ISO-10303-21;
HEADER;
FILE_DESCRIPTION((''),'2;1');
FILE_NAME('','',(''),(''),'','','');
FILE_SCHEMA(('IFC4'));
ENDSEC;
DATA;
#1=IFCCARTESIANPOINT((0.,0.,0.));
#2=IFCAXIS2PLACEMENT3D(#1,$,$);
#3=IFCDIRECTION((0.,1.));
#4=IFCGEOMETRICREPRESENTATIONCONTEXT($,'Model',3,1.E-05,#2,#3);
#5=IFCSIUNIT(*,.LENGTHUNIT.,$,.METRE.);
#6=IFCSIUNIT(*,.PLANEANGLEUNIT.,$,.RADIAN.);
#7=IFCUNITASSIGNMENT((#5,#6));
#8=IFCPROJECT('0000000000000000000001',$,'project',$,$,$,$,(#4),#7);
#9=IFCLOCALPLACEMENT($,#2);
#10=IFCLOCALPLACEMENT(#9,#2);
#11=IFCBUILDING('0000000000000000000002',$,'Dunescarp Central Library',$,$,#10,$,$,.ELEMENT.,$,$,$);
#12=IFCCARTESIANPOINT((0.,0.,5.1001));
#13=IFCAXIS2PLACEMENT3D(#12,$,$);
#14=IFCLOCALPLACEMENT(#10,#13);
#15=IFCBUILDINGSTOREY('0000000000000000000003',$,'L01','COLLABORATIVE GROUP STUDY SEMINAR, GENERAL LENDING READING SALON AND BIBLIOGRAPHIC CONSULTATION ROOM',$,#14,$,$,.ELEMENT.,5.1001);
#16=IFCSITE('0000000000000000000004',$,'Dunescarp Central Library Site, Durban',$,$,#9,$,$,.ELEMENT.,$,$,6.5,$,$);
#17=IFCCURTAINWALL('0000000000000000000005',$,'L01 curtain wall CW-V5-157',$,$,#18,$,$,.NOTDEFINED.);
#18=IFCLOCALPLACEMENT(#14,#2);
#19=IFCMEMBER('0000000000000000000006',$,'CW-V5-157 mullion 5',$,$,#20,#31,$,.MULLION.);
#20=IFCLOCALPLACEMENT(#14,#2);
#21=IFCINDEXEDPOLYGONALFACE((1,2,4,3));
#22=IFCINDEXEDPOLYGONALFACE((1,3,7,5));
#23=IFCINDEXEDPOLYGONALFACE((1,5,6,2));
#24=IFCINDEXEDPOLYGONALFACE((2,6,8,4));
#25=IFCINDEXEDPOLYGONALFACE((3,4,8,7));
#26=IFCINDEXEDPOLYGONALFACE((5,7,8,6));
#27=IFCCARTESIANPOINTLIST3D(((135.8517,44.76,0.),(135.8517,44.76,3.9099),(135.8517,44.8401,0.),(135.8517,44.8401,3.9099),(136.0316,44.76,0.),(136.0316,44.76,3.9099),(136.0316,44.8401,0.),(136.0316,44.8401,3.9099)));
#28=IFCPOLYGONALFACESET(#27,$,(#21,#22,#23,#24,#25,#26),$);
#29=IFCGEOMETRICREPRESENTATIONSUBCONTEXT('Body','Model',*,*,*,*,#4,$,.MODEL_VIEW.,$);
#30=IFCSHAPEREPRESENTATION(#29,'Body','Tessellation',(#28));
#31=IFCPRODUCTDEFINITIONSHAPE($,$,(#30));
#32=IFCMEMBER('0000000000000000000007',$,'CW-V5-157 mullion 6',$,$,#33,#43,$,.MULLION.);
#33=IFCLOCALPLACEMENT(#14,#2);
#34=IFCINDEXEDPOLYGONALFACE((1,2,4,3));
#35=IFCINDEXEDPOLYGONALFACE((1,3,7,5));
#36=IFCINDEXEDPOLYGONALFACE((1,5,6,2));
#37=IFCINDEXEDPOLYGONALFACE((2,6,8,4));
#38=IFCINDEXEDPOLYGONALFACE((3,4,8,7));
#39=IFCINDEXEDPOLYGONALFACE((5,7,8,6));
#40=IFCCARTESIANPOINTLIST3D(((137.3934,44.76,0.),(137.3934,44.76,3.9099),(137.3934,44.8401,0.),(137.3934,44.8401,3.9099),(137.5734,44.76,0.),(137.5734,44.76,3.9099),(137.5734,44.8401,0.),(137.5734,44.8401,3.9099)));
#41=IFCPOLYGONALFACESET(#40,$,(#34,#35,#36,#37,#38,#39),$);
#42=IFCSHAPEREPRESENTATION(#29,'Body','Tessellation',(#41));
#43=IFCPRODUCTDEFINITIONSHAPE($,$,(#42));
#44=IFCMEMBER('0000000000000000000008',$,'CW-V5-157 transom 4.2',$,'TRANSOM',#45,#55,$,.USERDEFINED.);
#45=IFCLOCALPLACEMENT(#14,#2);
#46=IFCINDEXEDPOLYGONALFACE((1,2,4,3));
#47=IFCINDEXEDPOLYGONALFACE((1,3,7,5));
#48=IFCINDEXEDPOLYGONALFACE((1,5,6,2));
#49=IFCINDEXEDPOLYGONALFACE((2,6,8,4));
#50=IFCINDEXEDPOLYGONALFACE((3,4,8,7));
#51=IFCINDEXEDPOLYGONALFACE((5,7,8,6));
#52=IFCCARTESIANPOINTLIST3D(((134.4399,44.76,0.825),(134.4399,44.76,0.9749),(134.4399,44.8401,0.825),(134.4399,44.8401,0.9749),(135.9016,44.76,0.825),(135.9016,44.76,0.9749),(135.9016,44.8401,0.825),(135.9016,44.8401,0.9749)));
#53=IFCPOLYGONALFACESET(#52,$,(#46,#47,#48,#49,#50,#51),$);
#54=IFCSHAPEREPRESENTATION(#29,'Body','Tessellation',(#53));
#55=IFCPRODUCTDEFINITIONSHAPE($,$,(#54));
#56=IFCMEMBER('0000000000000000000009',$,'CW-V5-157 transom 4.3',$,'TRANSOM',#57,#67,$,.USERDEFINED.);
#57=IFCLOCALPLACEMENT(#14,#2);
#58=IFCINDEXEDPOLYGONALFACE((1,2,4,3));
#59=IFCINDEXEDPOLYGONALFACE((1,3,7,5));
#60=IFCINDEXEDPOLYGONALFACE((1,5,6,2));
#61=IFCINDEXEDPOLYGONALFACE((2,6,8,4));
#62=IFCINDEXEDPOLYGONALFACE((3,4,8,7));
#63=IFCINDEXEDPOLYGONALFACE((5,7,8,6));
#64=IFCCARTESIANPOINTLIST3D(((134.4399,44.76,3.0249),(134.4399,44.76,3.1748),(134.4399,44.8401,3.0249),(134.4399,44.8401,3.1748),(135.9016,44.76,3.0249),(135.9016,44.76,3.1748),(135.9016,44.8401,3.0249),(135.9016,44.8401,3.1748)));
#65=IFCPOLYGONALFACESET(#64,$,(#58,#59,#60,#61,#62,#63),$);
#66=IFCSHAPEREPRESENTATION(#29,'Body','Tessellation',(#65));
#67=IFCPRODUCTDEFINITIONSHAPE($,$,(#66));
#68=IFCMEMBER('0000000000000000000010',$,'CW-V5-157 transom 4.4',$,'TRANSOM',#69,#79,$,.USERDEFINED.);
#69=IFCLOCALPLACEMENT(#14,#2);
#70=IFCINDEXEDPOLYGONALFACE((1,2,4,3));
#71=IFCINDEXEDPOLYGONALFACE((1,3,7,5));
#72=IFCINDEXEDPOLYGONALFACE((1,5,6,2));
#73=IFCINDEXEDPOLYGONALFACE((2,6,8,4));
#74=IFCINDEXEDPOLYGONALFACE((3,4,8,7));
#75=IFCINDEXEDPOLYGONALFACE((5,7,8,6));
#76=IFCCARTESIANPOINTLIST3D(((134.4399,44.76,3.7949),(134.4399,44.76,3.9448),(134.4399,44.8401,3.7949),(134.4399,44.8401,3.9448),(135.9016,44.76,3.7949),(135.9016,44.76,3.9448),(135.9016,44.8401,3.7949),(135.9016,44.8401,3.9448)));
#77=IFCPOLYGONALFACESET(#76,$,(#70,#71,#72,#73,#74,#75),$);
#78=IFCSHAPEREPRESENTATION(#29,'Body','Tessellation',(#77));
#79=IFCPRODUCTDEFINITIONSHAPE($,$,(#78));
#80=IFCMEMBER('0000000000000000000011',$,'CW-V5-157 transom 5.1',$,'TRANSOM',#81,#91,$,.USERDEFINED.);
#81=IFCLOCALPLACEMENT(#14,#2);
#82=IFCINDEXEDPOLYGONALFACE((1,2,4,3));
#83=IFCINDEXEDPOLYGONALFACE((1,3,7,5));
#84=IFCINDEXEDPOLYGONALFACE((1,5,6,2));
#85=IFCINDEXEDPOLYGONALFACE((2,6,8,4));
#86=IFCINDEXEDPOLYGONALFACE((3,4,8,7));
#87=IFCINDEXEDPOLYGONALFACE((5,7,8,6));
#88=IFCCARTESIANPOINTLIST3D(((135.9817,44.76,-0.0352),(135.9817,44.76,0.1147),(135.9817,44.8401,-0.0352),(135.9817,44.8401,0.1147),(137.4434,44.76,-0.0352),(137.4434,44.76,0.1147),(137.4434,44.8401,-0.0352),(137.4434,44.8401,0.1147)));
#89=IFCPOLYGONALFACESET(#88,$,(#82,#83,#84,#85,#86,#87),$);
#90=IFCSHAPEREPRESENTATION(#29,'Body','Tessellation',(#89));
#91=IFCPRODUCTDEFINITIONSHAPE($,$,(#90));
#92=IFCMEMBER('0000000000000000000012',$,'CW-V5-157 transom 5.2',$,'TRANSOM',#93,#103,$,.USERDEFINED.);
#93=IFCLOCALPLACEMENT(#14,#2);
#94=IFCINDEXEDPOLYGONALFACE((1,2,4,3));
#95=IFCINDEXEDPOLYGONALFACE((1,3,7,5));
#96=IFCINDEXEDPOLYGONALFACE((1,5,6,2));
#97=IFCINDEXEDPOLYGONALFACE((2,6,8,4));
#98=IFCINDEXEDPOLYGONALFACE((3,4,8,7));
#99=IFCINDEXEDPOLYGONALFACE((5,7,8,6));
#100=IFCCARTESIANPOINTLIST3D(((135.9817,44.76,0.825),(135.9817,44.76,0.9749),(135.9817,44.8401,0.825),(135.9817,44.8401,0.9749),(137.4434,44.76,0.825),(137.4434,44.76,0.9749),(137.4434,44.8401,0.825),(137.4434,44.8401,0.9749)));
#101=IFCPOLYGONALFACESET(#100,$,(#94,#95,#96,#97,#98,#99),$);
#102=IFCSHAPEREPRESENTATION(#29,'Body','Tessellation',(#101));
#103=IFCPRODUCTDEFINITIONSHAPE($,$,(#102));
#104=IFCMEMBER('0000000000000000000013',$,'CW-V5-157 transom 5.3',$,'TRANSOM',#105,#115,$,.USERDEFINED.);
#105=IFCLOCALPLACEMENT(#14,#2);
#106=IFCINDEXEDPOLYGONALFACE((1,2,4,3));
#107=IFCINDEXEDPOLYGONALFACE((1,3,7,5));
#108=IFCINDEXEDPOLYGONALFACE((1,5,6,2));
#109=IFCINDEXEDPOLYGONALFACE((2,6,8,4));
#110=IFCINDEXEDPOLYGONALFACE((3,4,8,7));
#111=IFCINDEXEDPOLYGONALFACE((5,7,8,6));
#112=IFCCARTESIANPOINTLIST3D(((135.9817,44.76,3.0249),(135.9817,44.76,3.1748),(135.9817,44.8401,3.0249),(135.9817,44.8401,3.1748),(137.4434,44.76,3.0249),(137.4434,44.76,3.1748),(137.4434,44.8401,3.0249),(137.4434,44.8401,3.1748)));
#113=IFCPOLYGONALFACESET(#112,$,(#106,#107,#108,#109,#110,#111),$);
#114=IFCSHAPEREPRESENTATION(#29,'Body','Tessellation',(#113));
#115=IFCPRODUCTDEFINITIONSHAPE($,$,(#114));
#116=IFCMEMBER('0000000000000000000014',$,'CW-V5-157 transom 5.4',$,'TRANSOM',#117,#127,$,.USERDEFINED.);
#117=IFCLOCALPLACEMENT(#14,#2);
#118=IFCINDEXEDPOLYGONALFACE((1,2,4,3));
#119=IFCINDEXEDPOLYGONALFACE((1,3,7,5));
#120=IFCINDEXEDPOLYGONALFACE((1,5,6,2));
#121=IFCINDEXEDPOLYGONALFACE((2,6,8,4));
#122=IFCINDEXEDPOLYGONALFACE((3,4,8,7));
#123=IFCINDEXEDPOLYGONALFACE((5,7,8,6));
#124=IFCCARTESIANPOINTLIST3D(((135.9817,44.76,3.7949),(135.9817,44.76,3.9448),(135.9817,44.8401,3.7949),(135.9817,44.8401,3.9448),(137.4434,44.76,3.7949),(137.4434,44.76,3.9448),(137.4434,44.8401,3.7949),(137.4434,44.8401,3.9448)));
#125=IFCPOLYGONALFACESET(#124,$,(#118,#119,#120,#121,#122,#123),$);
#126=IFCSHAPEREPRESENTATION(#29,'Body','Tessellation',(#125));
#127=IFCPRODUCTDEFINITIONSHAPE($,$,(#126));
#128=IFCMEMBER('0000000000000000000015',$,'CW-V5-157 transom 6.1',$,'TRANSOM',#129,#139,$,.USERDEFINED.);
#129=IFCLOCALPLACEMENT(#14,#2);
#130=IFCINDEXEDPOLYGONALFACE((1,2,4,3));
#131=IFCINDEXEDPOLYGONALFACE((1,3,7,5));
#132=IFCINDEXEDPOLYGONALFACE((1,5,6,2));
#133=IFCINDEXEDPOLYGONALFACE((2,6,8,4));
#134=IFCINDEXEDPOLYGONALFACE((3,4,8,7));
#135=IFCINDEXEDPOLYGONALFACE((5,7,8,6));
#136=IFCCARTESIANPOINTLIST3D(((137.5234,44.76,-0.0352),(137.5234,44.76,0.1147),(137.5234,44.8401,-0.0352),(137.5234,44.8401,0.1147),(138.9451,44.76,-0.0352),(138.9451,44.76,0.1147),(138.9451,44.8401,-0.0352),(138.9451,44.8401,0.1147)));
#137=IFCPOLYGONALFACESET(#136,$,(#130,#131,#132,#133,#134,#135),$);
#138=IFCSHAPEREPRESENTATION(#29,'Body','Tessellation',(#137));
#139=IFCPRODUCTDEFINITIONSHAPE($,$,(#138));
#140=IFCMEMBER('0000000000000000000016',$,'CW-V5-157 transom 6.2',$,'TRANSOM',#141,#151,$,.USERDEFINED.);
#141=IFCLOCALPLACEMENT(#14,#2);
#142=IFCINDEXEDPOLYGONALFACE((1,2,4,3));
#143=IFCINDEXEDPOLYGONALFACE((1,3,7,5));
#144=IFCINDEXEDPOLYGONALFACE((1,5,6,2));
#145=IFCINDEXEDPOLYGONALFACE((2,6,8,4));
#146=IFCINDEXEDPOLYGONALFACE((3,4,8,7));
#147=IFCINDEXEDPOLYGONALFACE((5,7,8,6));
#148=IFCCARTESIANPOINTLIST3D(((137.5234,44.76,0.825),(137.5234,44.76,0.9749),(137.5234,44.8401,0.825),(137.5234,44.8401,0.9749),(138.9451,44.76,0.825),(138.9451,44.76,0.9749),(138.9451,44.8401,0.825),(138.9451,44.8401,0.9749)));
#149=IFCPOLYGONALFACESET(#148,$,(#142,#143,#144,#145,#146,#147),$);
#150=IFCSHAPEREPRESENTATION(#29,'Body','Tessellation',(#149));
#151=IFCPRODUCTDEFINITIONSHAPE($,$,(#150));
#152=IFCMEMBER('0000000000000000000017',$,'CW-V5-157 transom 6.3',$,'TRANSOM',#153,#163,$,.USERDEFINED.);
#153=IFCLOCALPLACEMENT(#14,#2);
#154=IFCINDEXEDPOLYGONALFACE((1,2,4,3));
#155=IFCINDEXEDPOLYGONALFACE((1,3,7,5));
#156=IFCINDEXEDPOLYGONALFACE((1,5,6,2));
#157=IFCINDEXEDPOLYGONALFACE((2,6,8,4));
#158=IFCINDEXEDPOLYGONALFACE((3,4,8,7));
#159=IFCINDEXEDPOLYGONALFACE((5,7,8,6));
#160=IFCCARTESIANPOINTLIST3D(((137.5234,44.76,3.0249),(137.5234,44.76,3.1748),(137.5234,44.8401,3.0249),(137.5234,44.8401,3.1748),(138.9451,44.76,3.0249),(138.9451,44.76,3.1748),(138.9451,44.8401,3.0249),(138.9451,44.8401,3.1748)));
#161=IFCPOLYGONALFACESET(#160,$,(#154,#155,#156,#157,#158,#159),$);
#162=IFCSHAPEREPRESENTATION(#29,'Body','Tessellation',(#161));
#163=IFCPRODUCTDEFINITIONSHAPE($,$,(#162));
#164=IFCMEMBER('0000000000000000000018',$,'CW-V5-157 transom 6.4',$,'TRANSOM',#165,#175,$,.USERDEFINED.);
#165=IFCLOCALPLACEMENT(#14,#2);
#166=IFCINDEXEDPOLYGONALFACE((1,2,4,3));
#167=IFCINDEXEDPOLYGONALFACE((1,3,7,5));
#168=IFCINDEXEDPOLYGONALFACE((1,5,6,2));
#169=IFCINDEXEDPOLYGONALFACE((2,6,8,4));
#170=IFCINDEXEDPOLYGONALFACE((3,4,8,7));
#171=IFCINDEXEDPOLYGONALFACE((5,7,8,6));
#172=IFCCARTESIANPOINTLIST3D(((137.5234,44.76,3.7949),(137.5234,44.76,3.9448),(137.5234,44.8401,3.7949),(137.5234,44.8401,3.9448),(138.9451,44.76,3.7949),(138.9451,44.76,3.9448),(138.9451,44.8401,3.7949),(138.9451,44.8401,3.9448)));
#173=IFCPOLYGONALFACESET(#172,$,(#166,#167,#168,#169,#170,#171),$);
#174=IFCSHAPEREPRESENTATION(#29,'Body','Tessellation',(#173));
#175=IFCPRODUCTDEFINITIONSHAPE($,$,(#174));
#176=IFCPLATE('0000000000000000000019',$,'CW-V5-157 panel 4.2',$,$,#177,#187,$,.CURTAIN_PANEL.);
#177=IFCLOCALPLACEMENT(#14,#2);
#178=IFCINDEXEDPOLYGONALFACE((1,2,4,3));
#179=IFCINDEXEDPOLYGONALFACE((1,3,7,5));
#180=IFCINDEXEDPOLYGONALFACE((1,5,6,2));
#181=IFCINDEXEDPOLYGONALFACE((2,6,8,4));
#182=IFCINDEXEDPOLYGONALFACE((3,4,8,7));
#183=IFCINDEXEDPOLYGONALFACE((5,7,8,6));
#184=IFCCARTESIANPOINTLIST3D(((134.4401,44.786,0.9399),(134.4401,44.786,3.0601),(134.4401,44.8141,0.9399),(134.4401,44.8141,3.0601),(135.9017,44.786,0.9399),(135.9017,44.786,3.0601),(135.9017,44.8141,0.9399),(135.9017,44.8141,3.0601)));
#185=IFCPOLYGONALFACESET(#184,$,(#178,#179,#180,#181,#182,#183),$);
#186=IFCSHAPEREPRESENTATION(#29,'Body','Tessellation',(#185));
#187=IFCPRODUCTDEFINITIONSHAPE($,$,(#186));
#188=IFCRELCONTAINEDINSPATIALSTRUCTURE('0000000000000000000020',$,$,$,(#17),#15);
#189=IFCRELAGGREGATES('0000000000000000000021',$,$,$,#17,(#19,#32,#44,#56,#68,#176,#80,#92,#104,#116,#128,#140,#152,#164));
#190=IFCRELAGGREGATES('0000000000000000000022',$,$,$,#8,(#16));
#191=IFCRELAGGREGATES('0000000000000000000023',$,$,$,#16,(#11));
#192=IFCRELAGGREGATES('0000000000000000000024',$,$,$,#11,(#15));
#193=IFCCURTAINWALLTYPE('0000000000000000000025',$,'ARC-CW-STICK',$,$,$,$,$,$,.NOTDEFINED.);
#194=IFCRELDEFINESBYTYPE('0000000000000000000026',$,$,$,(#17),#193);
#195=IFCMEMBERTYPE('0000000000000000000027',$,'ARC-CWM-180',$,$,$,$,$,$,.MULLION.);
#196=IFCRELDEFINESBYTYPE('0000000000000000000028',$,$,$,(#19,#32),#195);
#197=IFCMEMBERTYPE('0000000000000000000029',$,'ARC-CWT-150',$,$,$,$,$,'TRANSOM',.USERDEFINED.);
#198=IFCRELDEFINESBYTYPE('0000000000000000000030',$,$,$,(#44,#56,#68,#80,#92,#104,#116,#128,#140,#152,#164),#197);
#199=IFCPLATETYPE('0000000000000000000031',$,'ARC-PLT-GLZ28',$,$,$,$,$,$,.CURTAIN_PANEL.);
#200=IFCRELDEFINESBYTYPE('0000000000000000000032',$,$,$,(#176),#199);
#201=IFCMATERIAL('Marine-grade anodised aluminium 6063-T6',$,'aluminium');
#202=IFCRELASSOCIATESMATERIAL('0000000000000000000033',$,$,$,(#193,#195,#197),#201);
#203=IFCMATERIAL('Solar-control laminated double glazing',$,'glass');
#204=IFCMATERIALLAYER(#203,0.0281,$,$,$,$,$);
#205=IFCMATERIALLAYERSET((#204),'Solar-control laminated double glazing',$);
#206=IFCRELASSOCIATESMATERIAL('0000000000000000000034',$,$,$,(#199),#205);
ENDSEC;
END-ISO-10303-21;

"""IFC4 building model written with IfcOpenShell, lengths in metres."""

from ifc_helpers import new_model, si_unit, direction, frame, origin, origin_2d, place, context, subcontext, project, spatial, rectangle, extrude, material, layer, layer_set, material_profile, profile_set, type_object, element, aggregate, save


model = new_model("IFC4")

# Units and contexts
model_context = context("Model", 3, precision=1e-05, world=origin(), true_north=direction((0.0, 1.0)))
body_context = subcontext(model_context, "Body", "Model", "MODEL_VIEW")
ifc_project = project(units=[si_unit("LENGTHUNIT", "METRE"), si_unit("PLANEANGLEUNIT", "RADIAN")], contexts=[model_context])

# Site, building, storey
site_placement = place(None, origin())
site = spatial("IfcSite", under=ifc_project, at=site_placement, Name="Dunescarp Central Library Site, Durban", CompositionType="ELEMENT", RefElevation=6.5)
building_placement = place(site_placement, origin())
building = spatial("IfcBuilding", under=site, at=building_placement, Name="Dunescarp Central Library", CompositionType="ELEMENT")
storey_placement = place(building_placement, frame((0.0, 0.0, 5.1001)))
storey = spatial("IfcBuildingStorey", under=building, at=storey_placement, Name="L01", Description="COLLABORATIVE GROUP STUDY SEMINAR, GENERAL LENDING READING SALON AND BIBLIOGRAPHIC CONSULTATION ROOM", CompositionType="ELEMENT", Elevation=5.1001)

# Curtain wall, members, plate
ifc_material_1 = material(Name="Marine-grade anodised aluminium 6063-T6", Category="aluminium")
curtain_wall_type = type_object("IfcCurtainWallType", Name="ARC-CW-STICK", PredefinedType="NOTDEFINED", material=ifc_material_1)
curtain_wall_placement = place(storey_placement, origin())
curtain_wall = element("IfcCurtainWall", 1, at=curtain_wall_placement, inside=storey, type_object=curtain_wall_type, Name="L01 curtain wall CW-V5-157", PredefinedType="NOTDEFINED")
ifc_material_profile_1 = material_profile(ifc_material_1, rectangle(XDim=0.0801, YDim=0.1799, at=origin_2d()), Name="AL 80x180")
ifc_profile_set_1 = profile_set([ifc_material_profile_1], Name="Marine-grade anodised aluminium 6063-T6")
member_type_1 = type_object("IfcMemberType", Name="ARC-CWM-180", PredefinedType="MULLION", material=ifc_profile_set_1)
member_1_placement = place(storey_placement, frame((135.9417, 44.8, 0.0), z_axis=(0.0, 0.0, 1.0), x_axis=(0.0, 1.0, 0.0)))
member_1 = element("IfcMember", 2, at=member_1_placement, type_object=member_type_1, Name="CW-V5-157 mullion 5", PredefinedType="MULLION", context=body_context, shape_type="SweptSolid", body=[
    extrude(rectangle(XDim=0.0801, YDim=0.1799, at=origin_2d()), origin(), (0.0, 0.0, 1.0), 3.9099),
])
member_2_placement = place(storey_placement, frame((137.4834, 44.8, 0.0), z_axis=(0.0, 0.0, 1.0), x_axis=(0.0, 1.0, 0.0)))
member_2 = element("IfcMember", 3, at=member_2_placement, type_object=member_type_1, Name="CW-V5-157 mullion 6", PredefinedType="MULLION", context=body_context, shape_type="SweptSolid", body=[
    extrude(rectangle(XDim=0.0801, YDim=0.1799, at=origin_2d()), origin(), (0.0, 0.0, 1.0), 3.9099),
])
ifc_material_profile_2 = material_profile(ifc_material_1, rectangle(XDim=0.0801, YDim=0.1499, at=origin_2d()), Name="AL 80x150")
ifc_profile_set_2 = profile_set([ifc_material_profile_2], Name="Marine-grade anodised aluminium 6063-T6")
member_type_2 = type_object("IfcMemberType", Name="ARC-CWT-150", ElementType="TRANSOM", PredefinedType="USERDEFINED", material=ifc_profile_set_2)
member_3_placement = place(storey_placement, frame((134.4399, 44.8, 0.8999), z_axis=(1.0, 0.0, 0.0), x_axis=(0.0, 1.0, 0.0)))
member_3 = element("IfcMember", 4, at=member_3_placement, type_object=member_type_2, Name="CW-V5-157 transom 4.2", ObjectType="TRANSOM", PredefinedType="USERDEFINED", context=body_context, shape_type="SweptSolid", body=[
    extrude(rectangle(XDim=0.0801, YDim=0.1499, at=origin_2d()), origin(), (0.0, 0.0, 1.0), 1.4617),
])
member_4_placement = place(storey_placement, frame((134.4399, 44.8, 3.0999), z_axis=(1.0, 0.0, 0.0), x_axis=(0.0, 1.0, 0.0)))
member_4 = element("IfcMember", 5, at=member_4_placement, type_object=member_type_2, Name="CW-V5-157 transom 4.3", ObjectType="TRANSOM", PredefinedType="USERDEFINED", context=body_context, shape_type="SweptSolid", body=[
    extrude(rectangle(XDim=0.0801, YDim=0.1499, at=origin_2d()), origin(), (0.0, 0.0, 1.0), 1.4617),
])
member_5_placement = place(storey_placement, frame((134.4399, 44.8, 3.8699), z_axis=(1.0, 0.0, 0.0), x_axis=(0.0, 1.0, 0.0)))
member_5 = element("IfcMember", 6, at=member_5_placement, type_object=member_type_2, Name="CW-V5-157 transom 4.4", ObjectType="TRANSOM", PredefinedType="USERDEFINED", context=body_context, shape_type="SweptSolid", body=[
    extrude(rectangle(XDim=0.0801, YDim=0.1499, at=origin_2d()), origin(), (0.0, 0.0, 1.0), 1.4617),
])
member_6_placement = place(storey_placement, frame((135.9817, 44.8, 0.0398), z_axis=(1.0, 0.0, 0.0), x_axis=(0.0, 1.0, 0.0)))
member_6 = element("IfcMember", 7, at=member_6_placement, type_object=member_type_2, Name="CW-V5-157 transom 5.1", ObjectType="TRANSOM", PredefinedType="USERDEFINED", context=body_context, shape_type="SweptSolid", body=[
    extrude(rectangle(XDim=0.0801, YDim=0.1499, at=origin_2d()), origin(), (0.0, 0.0, 1.0), 1.4617),
])
member_7_placement = place(storey_placement, frame((135.9817, 44.8, 0.8999), z_axis=(1.0, 0.0, 0.0), x_axis=(0.0, 1.0, 0.0)))
member_7 = element("IfcMember", 8, at=member_7_placement, type_object=member_type_2, Name="CW-V5-157 transom 5.2", ObjectType="TRANSOM", PredefinedType="USERDEFINED", context=body_context, shape_type="SweptSolid", body=[
    extrude(rectangle(XDim=0.0801, YDim=0.1499, at=origin_2d()), origin(), (0.0, 0.0, 1.0), 1.4617),
])
member_8_placement = place(storey_placement, frame((135.9817, 44.8, 3.0999), z_axis=(1.0, 0.0, 0.0), x_axis=(0.0, 1.0, 0.0)))
member_8 = element("IfcMember", 9, at=member_8_placement, type_object=member_type_2, Name="CW-V5-157 transom 5.3", ObjectType="TRANSOM", PredefinedType="USERDEFINED", context=body_context, shape_type="SweptSolid", body=[
    extrude(rectangle(XDim=0.0801, YDim=0.1499, at=origin_2d()), origin(), (0.0, 0.0, 1.0), 1.4617),
])
member_9_placement = place(storey_placement, frame((135.9817, 44.8, 3.8699), z_axis=(1.0, 0.0, 0.0), x_axis=(0.0, 1.0, 0.0)))
member_9 = element("IfcMember", 10, at=member_9_placement, type_object=member_type_2, Name="CW-V5-157 transom 5.4", ObjectType="TRANSOM", PredefinedType="USERDEFINED", context=body_context, shape_type="SweptSolid", body=[
    extrude(rectangle(XDim=0.0801, YDim=0.1499, at=origin_2d()), origin(), (0.0, 0.0, 1.0), 1.4617),
])
member_10_placement = place(storey_placement, frame((137.5234, 44.8, 0.0398), z_axis=(1.0, 0.0, 0.0), x_axis=(0.0, 1.0, 0.0)))
member_10 = element("IfcMember", 11, at=member_10_placement, type_object=member_type_2, Name="CW-V5-157 transom 6.1", ObjectType="TRANSOM", PredefinedType="USERDEFINED", context=body_context, shape_type="SweptSolid", body=[
    extrude(rectangle(XDim=0.0801, YDim=0.1499, at=origin_2d()), origin(), (0.0, 0.0, 1.0), 1.4216),
])
member_11_placement = place(storey_placement, frame((137.5234, 44.8, 0.8999), z_axis=(1.0, 0.0, 0.0), x_axis=(0.0, 1.0, 0.0)))
member_11 = element("IfcMember", 12, at=member_11_placement, type_object=member_type_2, Name="CW-V5-157 transom 6.2", ObjectType="TRANSOM", PredefinedType="USERDEFINED", context=body_context, shape_type="SweptSolid", body=[
    extrude(rectangle(XDim=0.0801, YDim=0.1499, at=origin_2d()), origin(), (0.0, 0.0, 1.0), 1.4216),
])
member_12_placement = place(storey_placement, frame((137.5234, 44.8, 3.0999), z_axis=(1.0, 0.0, 0.0), x_axis=(0.0, 1.0, 0.0)))
member_12 = element("IfcMember", 13, at=member_12_placement, type_object=member_type_2, Name="CW-V5-157 transom 6.3", ObjectType="TRANSOM", PredefinedType="USERDEFINED", context=body_context, shape_type="SweptSolid", body=[
    extrude(rectangle(XDim=0.0801, YDim=0.1499, at=origin_2d()), origin(), (0.0, 0.0, 1.0), 1.4216),
])
member_13_placement = place(storey_placement, frame((137.5234, 44.8, 3.8699), z_axis=(1.0, 0.0, 0.0), x_axis=(0.0, 1.0, 0.0)))
member_13 = element("IfcMember", 14, at=member_13_placement, type_object=member_type_2, Name="CW-V5-157 transom 6.4", ObjectType="TRANSOM", PredefinedType="USERDEFINED", context=body_context, shape_type="SweptSolid", body=[
    extrude(rectangle(XDim=0.0801, YDim=0.1499, at=origin_2d()), origin(), (0.0, 0.0, 1.0), 1.4216),
])
ifc_material_2 = material(Name="Solar-control laminated double glazing", Category="glass")
ifc_layer_1 = layer(ifc_material_2, 0.0281)
ifc_layer_set_1 = layer_set([ifc_layer_1], Name="Solar-control laminated double glazing")
plate_type_1 = type_object("IfcPlateType", Name="ARC-PLT-GLZ28", PredefinedType="CURTAIN_PANEL", material=ifc_layer_set_1)
plate_1_placement = place(storey_placement, frame((135.1709, 44.8, 0.9399), z_axis=(0.0, 0.0, 1.0), x_axis=(1.0, 0.0, 0.0)))
plate_1 = element("IfcPlate", 15, at=plate_1_placement, type_object=plate_type_1, Name="CW-V5-157 panel 4.2", PredefinedType="CURTAIN_PANEL", context=body_context, shape_type="SweptSolid", body=[
    extrude(rectangle(XDim=1.4617, YDim=0.0281, at=origin_2d()), origin(), (0.0, 0.0, 1.0), 2.1201),
])
aggregate(curtain_wall, [member_1, member_2, member_3, member_4, member_5, plate_1, member_6, member_7, member_8, member_9, member_10, member_11, member_12, member_13])

save(model, "model.ifc")
